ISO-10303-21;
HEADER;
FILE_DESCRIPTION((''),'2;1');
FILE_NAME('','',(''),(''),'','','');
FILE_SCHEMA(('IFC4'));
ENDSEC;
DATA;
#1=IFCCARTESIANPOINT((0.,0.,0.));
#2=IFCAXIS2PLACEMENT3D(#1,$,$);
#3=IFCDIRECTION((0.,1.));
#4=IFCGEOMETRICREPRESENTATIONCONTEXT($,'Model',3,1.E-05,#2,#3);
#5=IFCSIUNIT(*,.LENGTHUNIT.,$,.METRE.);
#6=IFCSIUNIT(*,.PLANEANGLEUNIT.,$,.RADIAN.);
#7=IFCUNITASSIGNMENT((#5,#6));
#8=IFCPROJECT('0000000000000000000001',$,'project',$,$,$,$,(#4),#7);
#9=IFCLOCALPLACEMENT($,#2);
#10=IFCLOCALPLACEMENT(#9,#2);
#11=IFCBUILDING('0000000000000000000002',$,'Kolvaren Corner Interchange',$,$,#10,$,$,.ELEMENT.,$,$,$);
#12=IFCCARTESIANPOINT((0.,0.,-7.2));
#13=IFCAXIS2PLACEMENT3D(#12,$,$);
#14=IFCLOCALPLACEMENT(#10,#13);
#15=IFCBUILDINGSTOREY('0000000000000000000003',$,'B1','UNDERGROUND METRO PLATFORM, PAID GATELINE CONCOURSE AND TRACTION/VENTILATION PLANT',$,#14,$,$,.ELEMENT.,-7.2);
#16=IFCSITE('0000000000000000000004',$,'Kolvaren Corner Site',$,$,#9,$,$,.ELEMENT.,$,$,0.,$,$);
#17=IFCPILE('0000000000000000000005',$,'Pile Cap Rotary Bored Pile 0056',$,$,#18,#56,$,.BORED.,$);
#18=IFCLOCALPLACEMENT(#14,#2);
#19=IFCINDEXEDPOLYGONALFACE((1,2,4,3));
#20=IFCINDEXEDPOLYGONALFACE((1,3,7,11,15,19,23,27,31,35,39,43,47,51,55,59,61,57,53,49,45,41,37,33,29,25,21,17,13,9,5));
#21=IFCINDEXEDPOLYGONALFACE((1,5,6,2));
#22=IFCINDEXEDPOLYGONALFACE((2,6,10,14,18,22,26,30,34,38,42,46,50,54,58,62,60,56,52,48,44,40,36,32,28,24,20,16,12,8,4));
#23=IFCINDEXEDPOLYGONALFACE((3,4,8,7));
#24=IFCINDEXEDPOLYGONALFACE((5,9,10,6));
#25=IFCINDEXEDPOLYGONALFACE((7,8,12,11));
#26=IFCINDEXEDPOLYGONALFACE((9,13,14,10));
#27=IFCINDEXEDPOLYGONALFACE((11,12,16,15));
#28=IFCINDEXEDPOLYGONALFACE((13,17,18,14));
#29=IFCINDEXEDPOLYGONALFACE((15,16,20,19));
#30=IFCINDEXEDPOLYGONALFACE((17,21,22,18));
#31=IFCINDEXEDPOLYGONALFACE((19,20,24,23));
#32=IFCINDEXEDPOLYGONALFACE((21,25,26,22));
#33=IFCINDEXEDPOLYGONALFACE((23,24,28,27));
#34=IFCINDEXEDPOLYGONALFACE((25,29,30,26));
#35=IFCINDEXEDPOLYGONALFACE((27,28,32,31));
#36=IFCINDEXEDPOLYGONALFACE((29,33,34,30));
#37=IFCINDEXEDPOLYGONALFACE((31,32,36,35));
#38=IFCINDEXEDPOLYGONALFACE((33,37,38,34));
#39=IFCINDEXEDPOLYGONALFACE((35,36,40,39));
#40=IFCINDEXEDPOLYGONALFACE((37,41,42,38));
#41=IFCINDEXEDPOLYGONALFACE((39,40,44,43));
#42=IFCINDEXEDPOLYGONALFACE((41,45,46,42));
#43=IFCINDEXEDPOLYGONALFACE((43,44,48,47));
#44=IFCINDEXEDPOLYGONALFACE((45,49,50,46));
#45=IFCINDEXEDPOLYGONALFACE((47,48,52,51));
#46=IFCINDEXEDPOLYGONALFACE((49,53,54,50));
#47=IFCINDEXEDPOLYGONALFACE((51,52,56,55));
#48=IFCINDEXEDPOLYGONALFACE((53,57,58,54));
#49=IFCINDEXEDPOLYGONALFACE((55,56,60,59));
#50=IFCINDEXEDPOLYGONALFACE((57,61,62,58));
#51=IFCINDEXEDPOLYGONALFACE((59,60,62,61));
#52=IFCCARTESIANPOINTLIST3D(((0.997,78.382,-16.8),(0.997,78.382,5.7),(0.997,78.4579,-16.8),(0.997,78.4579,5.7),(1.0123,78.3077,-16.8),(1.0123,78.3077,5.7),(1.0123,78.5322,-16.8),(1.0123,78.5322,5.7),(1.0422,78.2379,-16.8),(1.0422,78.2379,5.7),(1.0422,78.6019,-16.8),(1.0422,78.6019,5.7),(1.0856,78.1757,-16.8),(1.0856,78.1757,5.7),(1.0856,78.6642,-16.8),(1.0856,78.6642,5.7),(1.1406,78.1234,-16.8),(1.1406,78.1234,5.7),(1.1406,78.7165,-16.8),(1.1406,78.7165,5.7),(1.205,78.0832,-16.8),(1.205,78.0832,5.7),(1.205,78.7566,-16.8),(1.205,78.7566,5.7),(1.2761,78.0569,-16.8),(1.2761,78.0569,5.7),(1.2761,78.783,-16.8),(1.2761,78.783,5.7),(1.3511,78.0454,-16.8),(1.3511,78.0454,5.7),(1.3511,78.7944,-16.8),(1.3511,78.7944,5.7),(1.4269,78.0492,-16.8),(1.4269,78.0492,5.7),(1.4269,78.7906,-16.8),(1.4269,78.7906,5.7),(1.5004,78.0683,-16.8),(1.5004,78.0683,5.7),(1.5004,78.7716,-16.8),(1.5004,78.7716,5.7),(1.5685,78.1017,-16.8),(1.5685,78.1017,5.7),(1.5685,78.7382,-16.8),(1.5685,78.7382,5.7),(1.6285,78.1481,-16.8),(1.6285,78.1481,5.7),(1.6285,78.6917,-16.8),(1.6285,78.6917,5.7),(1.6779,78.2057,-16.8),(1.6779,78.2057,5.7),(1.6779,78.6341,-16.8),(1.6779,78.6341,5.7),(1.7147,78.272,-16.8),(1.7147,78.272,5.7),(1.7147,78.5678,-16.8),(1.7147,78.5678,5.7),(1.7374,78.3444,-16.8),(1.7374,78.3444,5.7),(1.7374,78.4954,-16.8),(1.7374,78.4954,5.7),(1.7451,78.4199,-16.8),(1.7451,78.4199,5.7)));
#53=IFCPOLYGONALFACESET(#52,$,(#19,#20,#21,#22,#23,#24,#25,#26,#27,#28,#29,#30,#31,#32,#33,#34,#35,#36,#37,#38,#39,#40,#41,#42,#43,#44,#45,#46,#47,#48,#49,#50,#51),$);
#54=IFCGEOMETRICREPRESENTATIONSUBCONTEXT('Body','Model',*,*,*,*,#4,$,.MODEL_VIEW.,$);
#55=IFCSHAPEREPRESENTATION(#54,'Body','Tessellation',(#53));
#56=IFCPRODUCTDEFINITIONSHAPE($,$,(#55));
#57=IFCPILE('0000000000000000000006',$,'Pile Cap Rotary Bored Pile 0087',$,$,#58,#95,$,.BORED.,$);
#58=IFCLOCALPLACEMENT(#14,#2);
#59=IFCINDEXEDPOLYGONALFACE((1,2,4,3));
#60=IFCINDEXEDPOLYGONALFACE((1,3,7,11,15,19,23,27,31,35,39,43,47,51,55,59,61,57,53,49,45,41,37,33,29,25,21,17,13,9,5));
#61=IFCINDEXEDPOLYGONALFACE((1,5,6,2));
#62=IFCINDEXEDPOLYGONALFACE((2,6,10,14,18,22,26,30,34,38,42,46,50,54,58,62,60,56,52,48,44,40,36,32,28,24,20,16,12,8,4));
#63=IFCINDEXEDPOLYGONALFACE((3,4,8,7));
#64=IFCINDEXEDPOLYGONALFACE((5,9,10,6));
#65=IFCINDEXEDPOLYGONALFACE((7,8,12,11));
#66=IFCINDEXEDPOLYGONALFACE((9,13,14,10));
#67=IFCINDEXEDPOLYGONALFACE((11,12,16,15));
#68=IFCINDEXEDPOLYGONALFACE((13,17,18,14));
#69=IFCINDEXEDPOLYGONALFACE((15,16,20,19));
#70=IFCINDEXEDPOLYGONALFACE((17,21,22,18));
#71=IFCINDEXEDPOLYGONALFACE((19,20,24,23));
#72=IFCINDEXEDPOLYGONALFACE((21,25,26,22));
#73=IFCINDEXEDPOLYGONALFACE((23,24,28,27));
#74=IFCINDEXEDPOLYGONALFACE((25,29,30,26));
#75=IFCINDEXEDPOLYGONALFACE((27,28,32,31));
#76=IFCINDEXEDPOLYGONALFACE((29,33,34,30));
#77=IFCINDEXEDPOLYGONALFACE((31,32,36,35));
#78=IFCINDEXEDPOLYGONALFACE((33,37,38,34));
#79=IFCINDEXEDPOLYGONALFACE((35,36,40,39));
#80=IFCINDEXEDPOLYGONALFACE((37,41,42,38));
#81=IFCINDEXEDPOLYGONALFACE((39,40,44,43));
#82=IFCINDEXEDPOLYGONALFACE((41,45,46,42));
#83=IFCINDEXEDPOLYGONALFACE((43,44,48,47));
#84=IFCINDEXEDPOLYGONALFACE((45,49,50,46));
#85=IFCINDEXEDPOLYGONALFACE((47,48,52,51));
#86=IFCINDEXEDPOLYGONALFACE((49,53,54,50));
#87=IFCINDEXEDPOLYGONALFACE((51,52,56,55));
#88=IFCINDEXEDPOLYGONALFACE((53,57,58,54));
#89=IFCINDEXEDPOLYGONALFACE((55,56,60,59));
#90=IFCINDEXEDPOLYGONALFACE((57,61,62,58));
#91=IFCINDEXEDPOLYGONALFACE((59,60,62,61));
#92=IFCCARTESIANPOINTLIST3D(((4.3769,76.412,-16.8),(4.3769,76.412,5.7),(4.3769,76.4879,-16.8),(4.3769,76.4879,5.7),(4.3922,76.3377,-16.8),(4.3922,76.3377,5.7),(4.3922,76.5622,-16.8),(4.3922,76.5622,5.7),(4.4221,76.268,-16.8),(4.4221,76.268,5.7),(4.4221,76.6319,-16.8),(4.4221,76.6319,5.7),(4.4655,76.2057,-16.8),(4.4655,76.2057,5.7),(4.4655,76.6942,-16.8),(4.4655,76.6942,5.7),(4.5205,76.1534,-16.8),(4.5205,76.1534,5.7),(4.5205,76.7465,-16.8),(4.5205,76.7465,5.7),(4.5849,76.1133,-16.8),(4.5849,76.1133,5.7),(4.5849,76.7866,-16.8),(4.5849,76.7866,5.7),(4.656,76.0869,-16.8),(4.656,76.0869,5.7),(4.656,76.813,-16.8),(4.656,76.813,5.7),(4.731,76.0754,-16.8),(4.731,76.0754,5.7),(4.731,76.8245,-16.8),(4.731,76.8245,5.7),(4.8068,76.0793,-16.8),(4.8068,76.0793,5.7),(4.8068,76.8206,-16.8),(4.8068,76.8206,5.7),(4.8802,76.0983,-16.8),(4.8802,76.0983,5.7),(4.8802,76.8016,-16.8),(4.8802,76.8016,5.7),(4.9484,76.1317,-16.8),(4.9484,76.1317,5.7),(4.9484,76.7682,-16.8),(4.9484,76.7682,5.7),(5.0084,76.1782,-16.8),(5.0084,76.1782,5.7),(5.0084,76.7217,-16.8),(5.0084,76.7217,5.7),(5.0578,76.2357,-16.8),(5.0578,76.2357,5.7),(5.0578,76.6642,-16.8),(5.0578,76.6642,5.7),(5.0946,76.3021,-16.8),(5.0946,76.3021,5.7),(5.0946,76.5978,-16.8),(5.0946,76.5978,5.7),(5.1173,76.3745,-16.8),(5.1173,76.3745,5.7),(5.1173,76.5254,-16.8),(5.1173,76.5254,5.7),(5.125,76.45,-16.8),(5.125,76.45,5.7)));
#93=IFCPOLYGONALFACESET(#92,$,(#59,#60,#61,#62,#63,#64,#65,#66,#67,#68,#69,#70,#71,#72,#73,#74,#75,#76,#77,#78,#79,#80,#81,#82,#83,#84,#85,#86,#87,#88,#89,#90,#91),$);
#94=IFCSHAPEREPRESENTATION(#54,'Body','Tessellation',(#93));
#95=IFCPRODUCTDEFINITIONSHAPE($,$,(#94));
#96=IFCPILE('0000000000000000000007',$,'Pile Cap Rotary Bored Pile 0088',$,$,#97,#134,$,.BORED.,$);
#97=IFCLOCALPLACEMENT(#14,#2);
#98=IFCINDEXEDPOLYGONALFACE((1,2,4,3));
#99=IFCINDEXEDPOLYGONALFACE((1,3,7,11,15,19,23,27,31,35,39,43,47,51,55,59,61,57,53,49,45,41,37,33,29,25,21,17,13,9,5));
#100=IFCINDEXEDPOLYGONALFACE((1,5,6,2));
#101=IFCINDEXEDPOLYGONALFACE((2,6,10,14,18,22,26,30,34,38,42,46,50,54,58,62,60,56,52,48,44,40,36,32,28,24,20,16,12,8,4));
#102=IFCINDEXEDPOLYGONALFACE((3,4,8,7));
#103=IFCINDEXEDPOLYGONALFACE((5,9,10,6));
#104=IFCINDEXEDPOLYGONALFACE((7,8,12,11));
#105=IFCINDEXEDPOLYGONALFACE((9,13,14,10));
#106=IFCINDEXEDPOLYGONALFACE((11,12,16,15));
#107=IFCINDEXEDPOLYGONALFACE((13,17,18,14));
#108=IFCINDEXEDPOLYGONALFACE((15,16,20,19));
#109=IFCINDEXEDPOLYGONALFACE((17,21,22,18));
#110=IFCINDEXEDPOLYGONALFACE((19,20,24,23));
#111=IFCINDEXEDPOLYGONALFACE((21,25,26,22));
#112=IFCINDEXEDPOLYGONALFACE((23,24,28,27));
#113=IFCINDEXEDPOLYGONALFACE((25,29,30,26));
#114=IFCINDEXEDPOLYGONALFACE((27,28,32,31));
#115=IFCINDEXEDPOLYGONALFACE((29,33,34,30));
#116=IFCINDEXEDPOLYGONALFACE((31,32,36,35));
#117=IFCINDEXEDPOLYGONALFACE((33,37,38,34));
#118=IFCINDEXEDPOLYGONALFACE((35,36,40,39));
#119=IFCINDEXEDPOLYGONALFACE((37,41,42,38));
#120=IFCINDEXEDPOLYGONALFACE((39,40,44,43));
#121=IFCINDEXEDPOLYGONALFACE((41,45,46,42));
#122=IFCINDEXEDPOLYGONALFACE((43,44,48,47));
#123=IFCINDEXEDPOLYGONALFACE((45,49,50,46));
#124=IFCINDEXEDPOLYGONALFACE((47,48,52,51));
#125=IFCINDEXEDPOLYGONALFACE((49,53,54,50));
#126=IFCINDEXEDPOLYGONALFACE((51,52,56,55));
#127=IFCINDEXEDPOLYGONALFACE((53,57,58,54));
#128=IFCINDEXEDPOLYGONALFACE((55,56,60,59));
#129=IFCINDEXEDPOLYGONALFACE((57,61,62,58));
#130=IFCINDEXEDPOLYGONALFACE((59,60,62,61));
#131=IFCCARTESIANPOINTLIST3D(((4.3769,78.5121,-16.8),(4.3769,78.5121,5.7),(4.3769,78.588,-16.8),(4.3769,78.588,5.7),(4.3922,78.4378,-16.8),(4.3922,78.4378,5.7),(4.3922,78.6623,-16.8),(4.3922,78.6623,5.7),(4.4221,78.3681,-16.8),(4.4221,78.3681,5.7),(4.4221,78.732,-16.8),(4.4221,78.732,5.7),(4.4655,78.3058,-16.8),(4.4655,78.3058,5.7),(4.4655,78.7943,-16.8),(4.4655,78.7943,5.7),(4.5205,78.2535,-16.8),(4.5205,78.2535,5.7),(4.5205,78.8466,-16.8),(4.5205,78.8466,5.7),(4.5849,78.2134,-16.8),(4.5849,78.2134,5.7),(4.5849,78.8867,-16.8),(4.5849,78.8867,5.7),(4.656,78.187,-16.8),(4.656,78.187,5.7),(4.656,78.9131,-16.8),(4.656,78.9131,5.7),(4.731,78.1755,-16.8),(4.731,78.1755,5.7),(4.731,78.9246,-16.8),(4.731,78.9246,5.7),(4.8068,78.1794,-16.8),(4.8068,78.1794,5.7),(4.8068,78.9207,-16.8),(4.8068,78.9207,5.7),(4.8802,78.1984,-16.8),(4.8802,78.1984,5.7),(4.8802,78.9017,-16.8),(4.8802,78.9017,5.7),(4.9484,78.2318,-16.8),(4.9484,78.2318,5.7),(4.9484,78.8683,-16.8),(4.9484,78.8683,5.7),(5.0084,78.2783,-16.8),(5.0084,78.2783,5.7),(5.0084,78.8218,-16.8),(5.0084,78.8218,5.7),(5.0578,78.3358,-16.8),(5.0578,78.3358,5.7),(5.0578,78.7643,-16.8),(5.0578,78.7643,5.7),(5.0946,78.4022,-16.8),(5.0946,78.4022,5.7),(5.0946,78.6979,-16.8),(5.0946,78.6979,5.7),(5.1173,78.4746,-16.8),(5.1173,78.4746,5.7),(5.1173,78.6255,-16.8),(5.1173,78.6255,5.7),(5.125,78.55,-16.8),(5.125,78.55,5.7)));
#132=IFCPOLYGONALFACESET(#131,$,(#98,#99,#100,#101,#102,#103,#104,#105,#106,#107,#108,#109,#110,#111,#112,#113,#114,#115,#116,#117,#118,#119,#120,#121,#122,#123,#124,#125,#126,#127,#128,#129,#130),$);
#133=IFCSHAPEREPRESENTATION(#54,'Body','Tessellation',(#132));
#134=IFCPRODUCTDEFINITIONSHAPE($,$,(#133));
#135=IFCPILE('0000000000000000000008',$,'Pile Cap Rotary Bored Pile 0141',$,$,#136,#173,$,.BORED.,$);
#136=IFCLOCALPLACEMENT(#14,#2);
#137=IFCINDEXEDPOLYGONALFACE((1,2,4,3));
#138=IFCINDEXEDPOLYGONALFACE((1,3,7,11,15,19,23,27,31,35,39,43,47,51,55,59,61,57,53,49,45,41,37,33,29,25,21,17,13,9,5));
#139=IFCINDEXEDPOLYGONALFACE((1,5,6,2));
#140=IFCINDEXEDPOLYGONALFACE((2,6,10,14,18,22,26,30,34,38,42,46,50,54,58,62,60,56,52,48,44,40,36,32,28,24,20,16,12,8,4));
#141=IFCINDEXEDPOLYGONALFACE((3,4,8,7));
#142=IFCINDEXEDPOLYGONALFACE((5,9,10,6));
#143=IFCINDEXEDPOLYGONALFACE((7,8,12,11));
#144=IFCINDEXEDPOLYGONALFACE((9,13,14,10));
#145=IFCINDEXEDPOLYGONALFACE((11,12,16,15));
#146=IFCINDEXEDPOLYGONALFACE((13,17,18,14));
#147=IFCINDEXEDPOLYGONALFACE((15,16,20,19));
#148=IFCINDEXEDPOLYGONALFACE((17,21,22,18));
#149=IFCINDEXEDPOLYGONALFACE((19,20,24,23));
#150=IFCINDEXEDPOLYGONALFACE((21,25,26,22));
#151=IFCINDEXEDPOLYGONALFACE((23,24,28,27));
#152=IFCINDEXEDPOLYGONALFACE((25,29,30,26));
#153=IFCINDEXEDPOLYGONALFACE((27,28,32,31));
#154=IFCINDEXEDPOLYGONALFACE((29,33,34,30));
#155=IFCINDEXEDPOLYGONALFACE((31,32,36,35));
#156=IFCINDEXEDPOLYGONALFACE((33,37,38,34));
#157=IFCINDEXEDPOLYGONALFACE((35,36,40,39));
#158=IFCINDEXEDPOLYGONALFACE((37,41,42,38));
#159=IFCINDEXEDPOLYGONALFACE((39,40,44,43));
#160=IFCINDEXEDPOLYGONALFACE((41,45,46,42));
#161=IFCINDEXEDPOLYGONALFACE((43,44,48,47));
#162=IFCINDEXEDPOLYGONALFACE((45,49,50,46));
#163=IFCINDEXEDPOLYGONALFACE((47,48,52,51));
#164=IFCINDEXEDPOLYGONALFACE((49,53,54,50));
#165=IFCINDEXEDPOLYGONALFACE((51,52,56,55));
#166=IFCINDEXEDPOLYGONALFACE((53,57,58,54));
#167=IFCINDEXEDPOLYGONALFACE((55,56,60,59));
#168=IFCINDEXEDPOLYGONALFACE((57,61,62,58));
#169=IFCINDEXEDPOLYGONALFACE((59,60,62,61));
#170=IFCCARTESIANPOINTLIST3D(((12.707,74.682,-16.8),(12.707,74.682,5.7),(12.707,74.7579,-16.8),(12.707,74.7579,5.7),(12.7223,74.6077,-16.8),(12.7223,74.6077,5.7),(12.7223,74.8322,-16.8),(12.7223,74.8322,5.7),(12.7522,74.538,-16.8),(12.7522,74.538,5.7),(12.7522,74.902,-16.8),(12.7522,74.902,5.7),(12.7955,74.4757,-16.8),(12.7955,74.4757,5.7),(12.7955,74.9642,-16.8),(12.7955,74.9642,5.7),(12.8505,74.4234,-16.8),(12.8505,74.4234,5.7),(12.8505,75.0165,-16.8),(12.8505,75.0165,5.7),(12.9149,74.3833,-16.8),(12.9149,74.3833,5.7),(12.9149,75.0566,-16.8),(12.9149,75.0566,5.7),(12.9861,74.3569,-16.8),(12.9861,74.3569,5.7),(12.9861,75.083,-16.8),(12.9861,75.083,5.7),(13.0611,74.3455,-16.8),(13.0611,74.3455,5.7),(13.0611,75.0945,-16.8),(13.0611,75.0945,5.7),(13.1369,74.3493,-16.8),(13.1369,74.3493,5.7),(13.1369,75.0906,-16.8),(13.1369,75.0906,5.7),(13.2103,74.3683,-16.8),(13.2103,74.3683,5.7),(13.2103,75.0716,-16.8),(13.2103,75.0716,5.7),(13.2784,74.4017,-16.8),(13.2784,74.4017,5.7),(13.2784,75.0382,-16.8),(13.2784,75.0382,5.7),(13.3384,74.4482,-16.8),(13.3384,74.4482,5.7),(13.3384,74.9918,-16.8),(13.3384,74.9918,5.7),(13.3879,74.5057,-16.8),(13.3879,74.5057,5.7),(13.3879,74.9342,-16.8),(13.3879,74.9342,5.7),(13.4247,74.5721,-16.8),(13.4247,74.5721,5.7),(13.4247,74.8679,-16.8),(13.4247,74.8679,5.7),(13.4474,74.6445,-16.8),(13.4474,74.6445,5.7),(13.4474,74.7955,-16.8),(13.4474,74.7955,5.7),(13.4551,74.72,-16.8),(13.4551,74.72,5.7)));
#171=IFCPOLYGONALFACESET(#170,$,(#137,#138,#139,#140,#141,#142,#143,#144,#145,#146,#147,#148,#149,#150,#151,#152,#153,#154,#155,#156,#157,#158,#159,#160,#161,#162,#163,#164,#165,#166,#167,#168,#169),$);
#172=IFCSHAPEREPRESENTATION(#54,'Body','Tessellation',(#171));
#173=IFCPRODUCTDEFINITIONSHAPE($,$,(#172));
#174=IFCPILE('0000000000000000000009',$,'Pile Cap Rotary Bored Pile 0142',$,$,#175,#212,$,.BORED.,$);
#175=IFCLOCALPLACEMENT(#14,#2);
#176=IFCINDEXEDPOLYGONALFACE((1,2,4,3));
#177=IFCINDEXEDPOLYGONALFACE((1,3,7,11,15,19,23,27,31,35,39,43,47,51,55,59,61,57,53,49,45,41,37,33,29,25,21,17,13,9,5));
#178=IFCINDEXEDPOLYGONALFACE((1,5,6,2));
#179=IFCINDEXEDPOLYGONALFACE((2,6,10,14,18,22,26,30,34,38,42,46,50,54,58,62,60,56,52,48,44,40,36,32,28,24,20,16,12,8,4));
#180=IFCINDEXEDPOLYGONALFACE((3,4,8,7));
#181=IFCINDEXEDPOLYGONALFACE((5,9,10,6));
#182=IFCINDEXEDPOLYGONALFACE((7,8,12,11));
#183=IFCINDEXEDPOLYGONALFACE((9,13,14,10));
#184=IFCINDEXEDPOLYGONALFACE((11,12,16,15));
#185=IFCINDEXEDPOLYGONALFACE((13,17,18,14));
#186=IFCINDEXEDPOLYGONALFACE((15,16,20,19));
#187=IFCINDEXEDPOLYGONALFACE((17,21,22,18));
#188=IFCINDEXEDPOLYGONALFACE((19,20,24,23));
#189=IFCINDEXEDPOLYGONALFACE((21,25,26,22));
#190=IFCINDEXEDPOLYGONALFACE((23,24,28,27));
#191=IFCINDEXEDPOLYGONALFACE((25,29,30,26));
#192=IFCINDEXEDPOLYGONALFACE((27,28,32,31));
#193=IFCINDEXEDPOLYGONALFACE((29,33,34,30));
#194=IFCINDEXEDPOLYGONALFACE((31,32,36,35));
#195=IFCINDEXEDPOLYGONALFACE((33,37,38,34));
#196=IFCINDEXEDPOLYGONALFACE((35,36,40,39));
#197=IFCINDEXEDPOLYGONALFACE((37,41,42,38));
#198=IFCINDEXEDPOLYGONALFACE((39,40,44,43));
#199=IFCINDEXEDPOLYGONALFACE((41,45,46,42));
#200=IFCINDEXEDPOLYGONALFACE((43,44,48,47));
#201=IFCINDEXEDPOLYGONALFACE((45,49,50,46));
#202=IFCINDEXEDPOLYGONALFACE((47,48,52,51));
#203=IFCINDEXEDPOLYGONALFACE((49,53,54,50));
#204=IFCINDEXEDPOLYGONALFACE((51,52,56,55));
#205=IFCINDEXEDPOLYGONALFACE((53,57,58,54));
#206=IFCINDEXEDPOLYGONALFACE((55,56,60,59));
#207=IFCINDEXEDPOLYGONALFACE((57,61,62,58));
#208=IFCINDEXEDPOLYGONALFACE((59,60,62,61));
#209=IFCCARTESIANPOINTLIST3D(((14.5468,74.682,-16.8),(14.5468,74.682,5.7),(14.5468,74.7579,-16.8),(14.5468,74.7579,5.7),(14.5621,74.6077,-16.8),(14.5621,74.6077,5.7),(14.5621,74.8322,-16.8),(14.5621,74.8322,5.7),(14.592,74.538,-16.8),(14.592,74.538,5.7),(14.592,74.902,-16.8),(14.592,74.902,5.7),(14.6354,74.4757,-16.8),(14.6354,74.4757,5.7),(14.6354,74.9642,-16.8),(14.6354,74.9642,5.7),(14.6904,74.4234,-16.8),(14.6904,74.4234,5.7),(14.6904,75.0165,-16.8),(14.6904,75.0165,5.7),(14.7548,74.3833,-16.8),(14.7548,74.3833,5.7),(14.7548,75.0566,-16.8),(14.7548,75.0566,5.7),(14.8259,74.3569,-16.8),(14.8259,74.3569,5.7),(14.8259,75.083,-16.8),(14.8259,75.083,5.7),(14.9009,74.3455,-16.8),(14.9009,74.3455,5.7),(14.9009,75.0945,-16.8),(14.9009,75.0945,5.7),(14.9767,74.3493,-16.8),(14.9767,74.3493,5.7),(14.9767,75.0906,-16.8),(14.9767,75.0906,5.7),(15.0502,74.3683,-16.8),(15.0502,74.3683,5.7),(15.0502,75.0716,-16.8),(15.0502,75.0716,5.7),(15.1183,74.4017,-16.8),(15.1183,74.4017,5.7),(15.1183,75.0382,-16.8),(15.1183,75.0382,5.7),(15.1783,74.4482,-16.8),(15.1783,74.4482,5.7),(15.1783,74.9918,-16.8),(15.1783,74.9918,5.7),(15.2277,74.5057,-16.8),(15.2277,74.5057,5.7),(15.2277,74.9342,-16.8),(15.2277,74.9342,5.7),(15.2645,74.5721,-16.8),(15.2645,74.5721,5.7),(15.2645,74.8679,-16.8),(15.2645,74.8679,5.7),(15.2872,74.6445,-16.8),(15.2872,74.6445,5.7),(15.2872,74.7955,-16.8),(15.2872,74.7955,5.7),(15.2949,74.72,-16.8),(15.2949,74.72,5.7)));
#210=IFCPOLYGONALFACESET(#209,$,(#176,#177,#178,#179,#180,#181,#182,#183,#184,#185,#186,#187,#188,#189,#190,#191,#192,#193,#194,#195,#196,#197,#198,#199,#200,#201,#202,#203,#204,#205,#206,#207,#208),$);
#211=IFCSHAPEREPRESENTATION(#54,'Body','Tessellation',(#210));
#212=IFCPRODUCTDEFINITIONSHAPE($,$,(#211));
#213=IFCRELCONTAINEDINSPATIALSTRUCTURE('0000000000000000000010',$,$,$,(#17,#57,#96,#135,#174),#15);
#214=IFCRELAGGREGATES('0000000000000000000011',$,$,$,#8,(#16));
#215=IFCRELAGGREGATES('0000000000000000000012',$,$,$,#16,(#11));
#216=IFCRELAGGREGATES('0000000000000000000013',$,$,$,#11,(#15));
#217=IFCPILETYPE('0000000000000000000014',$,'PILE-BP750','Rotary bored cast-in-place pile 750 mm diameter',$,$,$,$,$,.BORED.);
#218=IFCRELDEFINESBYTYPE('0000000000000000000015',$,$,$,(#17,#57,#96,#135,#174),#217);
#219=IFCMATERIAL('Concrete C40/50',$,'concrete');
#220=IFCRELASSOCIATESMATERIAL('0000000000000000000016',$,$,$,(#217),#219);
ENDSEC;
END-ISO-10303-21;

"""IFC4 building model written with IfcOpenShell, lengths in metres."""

from ifc_helpers import new_model, si_unit, direction, frame, origin, origin_2d, place, context, subcontext, project, spatial, circle, extrude, material, material_profile, profile_set, type_object, element, save


model = new_model("IFC4")

# Units and contexts
model_context = context("Model", 3, precision=1e-05, world=origin(), true_north=direction((0.0, 1.0)))
body_context = subcontext(model_context, "Body", "Model", "MODEL_VIEW")
ifc_project = project(units=[si_unit("LENGTHUNIT", "METRE"), si_unit("PLANEANGLEUNIT", "RADIAN")], contexts=[model_context])

# Site, building, storey
site_placement = place(None, origin())
site = spatial("IfcSite", under=ifc_project, at=site_placement, Name="Kolvaren Corner Site", CompositionType="ELEMENT", RefElevation=0.0)
building_placement = place(site_placement, origin())
building = spatial("IfcBuilding", under=site, at=building_placement, Name="Kolvaren Corner Interchange", CompositionType="ELEMENT")
storey_placement = place(building_placement, frame((0.0, 0.0, -7.2)))
storey = spatial("IfcBuildingStorey", under=building, at=storey_placement, Name="B1", Description="UNDERGROUND METRO PLATFORM, PAID GATELINE CONCOURSE AND TRACTION/VENTILATION PLANT", CompositionType="ELEMENT", Elevation=-7.2)

# Piles
ifc_material_1 = material(Name="Concrete C40/50", Category="concrete")
ifc_material_profile = material_profile(ifc_material_1, circle(Radius=0.375, at=origin_2d()), Name="BORED PILE 750")
ifc_profile_set = profile_set([ifc_material_profile], Name="Concrete C40/50")
pile_type = type_object("IfcPileType", Name="PILE-BP750", Description="Rotary bored cast-in-place pile 750 mm diameter", PredefinedType="BORED", material=ifc_profile_set)
for number, where, z_axis, x_axis, name in (
    (1, (1.3701, 78.4199, 5.7), (0.0, 0.0, -1.0), (1.0, 0.0, 0.0), "Pile Cap Rotary Bored Pile 0056"),
    (2, (4.75, 76.45, 5.7), (0.0, 0.0, -1.0), (1.0, 0.0, 0.0), "Pile Cap Rotary Bored Pile 0087"),
    (3, (4.75, 78.55, 5.7), (0.0, 0.0, -1.0), (1.0, 0.0, 0.0), "Pile Cap Rotary Bored Pile 0088"),
    (4, (13.0801, 74.72, 5.7), (0.0, 0.0, -1.0), (1.0, 0.0, 0.0), "Pile Cap Rotary Bored Pile 0141"),
    (5, (14.9199, 74.72, 5.7), (0.0, 0.0, -1.0), (1.0, 0.0, 0.0), "Pile Cap Rotary Bored Pile 0142"),
):
    element("IfcPile", number, at=place(storey_placement, frame(where, z_axis=z_axis, x_axis=x_axis)), inside=storey, type_object=pile_type, Name=name, PredefinedType="BORED", context=body_context, shape_type="SweptSolid", body=[
        extrude(circle(Radius=0.375, at=origin_2d()), origin(), (0.0, 0.0, 1.0), 22.5),
    ])

save(model, "model.ifc")
